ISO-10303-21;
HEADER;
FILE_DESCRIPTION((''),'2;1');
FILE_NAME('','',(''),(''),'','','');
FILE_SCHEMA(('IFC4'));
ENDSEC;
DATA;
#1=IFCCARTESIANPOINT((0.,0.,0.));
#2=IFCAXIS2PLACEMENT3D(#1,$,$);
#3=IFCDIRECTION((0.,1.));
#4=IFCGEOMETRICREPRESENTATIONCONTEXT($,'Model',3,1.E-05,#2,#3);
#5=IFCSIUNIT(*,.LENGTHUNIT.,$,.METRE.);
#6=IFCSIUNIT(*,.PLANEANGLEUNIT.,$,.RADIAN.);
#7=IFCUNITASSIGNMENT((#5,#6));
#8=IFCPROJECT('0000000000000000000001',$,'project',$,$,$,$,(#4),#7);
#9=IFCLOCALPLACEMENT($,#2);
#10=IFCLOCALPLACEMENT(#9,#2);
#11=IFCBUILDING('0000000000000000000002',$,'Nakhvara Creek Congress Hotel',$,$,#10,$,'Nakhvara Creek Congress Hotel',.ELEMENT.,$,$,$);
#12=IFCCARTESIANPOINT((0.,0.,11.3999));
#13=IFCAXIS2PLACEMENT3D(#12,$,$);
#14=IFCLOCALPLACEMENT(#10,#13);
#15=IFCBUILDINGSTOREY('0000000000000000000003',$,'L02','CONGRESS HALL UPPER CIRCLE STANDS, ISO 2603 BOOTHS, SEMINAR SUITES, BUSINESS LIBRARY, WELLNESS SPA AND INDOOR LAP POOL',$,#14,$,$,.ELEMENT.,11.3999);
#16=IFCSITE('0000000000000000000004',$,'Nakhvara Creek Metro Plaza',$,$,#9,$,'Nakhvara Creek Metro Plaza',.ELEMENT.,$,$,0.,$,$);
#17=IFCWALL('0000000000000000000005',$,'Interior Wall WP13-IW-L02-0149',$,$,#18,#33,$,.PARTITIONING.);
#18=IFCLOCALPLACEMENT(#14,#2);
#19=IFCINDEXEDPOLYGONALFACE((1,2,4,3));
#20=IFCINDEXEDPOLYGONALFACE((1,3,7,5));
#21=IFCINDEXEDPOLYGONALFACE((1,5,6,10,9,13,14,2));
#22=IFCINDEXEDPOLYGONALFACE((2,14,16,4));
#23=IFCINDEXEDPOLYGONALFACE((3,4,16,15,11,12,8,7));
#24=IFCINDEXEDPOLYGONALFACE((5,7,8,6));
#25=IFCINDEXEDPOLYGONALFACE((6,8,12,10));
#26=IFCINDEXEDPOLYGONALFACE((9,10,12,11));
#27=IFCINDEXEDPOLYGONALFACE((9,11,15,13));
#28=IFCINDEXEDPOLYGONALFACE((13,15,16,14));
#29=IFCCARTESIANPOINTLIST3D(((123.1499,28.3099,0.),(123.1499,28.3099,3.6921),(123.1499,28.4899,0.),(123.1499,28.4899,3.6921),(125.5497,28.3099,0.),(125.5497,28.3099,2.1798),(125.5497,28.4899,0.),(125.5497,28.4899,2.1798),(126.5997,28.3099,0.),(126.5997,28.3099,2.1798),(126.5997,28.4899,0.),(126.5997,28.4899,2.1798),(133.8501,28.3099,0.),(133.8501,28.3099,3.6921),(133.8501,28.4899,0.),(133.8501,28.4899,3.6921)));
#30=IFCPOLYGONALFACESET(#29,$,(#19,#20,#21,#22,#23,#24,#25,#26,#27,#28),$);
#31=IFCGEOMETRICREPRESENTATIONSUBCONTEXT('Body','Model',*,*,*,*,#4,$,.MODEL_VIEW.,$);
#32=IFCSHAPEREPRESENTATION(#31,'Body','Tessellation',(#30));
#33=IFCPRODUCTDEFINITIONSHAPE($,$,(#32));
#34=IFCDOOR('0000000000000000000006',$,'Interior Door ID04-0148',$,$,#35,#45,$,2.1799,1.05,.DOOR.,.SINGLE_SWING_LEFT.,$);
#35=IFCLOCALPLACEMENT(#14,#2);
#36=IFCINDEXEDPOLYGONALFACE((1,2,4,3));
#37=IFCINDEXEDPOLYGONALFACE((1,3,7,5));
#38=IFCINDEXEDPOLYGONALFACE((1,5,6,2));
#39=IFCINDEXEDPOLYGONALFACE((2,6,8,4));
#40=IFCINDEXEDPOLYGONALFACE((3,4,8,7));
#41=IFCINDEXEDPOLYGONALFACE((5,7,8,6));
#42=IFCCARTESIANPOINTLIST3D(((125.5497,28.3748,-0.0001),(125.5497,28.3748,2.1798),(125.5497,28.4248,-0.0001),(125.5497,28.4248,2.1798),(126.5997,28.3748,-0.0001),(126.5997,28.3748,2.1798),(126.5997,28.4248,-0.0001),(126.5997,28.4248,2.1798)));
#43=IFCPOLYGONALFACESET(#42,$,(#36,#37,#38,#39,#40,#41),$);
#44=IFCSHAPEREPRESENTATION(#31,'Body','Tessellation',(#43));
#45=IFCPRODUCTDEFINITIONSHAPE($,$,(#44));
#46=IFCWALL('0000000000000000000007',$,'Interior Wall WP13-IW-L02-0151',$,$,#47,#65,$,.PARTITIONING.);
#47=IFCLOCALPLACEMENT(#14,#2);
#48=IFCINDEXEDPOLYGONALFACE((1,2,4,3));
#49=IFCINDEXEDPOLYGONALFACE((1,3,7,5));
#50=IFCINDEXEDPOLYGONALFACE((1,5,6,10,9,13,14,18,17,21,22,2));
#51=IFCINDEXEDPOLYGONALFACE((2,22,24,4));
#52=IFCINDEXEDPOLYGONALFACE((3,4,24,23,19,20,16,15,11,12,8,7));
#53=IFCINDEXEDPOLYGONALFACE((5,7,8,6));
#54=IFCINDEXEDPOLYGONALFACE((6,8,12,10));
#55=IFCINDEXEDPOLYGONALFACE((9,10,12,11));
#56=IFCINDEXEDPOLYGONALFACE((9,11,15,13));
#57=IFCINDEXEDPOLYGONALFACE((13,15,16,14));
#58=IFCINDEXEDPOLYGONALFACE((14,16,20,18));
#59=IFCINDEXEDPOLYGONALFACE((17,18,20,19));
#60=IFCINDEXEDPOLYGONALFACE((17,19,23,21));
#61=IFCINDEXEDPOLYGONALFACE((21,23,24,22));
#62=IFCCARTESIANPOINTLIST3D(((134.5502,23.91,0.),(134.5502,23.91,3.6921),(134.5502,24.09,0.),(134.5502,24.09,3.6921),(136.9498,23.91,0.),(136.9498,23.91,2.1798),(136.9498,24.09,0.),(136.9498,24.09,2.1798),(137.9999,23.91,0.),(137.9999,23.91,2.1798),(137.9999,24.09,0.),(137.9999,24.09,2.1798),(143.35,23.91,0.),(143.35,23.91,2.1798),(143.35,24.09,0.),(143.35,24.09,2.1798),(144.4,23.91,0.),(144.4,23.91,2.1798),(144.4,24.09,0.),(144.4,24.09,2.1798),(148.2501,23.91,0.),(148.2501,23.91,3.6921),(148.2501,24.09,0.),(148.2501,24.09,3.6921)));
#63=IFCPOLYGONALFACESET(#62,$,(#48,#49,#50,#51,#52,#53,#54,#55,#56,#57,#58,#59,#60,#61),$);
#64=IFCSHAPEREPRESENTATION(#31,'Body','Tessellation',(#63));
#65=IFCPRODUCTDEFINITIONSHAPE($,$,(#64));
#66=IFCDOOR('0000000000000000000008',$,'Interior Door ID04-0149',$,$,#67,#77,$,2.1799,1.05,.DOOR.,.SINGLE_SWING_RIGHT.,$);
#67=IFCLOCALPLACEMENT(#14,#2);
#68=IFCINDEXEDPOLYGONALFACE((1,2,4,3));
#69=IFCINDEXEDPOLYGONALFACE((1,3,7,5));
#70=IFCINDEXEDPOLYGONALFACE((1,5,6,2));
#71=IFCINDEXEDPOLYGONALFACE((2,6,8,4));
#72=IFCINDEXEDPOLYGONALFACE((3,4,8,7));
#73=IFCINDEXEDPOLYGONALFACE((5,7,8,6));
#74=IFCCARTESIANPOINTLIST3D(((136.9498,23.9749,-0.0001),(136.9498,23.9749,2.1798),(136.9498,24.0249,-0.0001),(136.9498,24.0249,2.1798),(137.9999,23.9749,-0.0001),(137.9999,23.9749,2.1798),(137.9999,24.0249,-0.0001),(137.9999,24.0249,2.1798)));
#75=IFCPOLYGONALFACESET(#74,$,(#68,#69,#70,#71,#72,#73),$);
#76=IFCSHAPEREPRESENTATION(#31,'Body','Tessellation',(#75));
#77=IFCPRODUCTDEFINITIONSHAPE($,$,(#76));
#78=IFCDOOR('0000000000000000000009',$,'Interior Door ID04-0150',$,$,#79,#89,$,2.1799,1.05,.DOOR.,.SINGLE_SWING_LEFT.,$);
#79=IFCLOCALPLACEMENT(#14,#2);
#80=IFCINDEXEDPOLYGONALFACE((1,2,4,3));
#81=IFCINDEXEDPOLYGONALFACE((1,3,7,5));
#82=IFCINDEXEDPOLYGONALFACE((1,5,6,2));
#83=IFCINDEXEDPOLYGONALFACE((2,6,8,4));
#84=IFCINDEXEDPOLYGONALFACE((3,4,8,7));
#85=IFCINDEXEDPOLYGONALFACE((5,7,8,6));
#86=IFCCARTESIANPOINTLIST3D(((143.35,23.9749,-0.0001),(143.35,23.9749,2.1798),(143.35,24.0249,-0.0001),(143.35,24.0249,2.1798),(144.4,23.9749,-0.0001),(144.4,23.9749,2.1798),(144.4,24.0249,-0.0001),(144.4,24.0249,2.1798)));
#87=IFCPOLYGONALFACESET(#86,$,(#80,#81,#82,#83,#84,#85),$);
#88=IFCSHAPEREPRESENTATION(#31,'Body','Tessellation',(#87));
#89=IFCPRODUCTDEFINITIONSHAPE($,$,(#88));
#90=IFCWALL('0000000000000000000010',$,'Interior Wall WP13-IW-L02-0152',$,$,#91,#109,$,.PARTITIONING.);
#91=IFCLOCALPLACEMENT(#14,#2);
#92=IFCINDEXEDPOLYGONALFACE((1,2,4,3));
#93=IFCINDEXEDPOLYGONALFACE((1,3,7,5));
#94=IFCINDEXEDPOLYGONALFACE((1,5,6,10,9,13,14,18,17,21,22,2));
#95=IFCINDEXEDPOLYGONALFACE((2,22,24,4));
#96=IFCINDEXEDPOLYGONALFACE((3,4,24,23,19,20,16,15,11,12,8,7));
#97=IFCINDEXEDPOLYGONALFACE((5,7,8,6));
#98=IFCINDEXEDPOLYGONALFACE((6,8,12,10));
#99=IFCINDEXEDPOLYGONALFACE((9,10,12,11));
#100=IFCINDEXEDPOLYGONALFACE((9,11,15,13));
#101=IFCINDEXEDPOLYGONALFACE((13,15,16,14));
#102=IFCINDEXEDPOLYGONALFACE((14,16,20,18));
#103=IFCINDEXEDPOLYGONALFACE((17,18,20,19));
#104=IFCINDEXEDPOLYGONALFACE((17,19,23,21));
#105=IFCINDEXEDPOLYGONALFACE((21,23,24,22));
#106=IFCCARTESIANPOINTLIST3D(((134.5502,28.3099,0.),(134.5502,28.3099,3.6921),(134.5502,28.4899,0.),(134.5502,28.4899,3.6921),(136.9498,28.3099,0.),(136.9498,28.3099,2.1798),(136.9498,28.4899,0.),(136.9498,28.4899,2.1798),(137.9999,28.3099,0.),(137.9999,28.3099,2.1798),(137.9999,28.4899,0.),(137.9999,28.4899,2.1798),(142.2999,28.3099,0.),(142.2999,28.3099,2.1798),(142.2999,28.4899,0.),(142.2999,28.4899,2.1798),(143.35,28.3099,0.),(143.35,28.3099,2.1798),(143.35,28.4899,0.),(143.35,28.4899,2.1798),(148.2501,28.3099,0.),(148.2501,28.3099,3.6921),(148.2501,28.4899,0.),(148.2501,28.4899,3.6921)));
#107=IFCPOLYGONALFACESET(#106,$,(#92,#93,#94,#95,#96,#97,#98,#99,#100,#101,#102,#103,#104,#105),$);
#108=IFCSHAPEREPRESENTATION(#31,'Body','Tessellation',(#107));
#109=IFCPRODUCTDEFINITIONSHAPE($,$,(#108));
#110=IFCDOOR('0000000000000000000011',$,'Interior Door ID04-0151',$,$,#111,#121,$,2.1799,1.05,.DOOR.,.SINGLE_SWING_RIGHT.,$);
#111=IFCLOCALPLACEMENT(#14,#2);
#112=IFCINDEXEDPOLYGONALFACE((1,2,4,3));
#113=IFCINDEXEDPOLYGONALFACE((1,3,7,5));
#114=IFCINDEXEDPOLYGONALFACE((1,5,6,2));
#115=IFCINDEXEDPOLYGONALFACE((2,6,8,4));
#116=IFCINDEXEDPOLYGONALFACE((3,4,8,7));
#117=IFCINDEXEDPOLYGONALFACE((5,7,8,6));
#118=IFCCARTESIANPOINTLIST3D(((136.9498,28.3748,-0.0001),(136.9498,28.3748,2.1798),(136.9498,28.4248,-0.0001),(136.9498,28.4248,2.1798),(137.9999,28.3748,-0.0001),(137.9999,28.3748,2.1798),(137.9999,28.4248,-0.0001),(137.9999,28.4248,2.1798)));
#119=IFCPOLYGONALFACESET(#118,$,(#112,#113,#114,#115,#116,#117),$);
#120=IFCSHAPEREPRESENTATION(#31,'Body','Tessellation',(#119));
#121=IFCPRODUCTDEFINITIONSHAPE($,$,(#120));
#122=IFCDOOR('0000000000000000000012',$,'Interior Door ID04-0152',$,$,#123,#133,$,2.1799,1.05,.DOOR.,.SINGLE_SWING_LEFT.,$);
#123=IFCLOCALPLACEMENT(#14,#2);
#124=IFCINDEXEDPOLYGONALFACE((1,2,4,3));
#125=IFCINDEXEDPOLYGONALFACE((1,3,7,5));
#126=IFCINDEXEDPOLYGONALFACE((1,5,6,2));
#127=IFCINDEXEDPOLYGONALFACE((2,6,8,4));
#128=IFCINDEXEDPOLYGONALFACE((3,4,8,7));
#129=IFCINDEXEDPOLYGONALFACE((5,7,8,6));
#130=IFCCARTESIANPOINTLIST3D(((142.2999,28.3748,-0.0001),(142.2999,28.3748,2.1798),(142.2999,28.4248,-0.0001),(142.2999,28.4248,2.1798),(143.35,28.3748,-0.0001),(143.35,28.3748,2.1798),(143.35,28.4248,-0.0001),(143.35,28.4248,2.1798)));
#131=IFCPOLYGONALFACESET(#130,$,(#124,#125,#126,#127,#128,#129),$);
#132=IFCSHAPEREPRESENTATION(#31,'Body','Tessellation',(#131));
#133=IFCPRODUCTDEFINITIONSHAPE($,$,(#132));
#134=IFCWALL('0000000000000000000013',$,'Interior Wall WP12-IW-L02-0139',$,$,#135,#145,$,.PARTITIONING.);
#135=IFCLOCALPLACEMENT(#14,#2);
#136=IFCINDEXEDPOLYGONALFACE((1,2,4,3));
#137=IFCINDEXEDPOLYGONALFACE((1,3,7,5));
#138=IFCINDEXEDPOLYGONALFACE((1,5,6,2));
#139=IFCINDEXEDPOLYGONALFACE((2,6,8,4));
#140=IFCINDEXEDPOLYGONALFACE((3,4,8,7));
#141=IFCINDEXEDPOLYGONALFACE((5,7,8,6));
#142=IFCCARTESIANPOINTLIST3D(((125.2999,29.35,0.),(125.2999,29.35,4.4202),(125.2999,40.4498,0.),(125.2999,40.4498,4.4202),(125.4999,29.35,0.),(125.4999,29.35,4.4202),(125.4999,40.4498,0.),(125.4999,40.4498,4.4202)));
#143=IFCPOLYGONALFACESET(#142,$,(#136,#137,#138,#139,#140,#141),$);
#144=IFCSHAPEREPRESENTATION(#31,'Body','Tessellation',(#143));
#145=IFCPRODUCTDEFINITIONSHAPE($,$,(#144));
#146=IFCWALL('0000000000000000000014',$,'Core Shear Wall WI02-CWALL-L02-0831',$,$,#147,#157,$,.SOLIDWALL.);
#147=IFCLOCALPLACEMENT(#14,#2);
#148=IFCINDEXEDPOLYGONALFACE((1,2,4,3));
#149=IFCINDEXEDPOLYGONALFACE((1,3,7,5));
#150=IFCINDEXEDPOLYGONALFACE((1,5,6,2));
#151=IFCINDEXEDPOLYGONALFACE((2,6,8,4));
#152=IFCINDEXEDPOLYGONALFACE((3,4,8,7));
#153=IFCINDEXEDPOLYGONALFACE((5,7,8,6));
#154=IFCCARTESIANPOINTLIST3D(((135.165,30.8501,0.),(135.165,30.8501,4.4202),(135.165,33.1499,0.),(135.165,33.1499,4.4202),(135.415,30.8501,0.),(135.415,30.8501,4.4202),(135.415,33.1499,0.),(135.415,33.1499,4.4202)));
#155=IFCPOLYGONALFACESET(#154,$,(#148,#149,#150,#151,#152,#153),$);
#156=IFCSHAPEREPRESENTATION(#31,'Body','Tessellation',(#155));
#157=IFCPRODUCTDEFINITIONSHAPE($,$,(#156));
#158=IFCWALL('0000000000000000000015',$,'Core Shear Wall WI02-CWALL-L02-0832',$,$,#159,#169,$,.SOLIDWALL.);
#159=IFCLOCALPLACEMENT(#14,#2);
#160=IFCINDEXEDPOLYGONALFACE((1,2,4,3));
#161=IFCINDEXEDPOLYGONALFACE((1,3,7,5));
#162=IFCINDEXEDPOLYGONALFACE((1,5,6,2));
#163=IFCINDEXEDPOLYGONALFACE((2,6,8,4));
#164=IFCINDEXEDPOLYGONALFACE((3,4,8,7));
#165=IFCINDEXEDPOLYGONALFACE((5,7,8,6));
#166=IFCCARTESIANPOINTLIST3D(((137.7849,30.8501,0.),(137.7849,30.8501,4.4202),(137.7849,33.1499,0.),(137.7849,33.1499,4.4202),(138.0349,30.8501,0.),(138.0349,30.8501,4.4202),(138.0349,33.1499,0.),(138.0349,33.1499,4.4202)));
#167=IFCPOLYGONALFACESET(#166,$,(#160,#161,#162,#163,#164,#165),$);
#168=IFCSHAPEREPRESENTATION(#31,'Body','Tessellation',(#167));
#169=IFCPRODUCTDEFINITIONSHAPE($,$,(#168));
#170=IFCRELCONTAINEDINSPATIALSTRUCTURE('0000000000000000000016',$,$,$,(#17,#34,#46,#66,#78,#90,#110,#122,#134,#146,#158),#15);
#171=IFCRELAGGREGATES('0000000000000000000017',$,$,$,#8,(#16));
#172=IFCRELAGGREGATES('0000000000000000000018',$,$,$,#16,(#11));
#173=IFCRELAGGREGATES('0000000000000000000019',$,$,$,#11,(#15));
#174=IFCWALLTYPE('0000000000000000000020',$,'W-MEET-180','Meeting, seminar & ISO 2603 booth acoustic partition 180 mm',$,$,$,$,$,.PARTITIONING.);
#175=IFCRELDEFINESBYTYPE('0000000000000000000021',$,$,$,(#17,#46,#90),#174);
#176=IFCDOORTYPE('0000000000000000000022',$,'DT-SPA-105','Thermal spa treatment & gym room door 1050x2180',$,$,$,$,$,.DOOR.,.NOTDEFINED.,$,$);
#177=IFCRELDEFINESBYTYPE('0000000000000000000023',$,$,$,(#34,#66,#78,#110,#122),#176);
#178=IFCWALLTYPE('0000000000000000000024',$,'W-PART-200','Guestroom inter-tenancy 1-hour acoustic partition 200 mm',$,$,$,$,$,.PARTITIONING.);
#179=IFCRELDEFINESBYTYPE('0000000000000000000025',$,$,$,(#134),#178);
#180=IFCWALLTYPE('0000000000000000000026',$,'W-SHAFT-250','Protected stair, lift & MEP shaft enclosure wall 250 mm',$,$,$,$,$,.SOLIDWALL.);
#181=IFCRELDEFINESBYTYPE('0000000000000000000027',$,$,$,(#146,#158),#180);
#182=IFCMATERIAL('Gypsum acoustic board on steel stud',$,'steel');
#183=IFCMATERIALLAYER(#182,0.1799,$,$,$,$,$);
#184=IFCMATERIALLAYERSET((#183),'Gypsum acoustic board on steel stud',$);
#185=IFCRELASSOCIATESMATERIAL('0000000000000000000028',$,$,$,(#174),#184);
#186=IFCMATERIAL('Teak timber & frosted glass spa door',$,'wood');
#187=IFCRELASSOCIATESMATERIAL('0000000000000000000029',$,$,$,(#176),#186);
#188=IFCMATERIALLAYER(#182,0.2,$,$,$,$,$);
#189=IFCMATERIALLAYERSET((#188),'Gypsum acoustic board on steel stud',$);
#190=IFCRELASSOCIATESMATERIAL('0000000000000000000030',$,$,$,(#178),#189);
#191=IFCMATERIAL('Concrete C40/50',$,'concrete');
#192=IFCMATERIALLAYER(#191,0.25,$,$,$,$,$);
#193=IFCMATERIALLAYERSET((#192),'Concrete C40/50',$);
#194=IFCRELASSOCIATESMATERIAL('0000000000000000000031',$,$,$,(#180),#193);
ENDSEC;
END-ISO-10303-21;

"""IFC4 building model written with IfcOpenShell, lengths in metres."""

from ifc_helpers import new_model, si_unit, direction, frame, frame_2d, origin, place, context, subcontext, project, spatial, rectangle, extrude, material, layer, layer_set, type_object, element, fill, save


model = new_model("IFC4")

# Units and contexts
model_context = context("Model", 3, precision=1e-05, world=origin(), true_north=direction((0.0, 1.0)))
body_context = subcontext(model_context, "Body", "Model", "MODEL_VIEW")
ifc_project = project(units=[si_unit("LENGTHUNIT", "METRE"), si_unit("PLANEANGLEUNIT", "RADIAN")], contexts=[model_context])

# Site, building, storey
site_placement = place(None, origin())
site = spatial("IfcSite", under=ifc_project, at=site_placement, Name="Nakhvara Creek Metro Plaza", LongName="Nakhvara Creek Metro Plaza", CompositionType="ELEMENT", RefElevation=0.0)
building_placement = place(site_placement, origin())
building = spatial("IfcBuilding", under=site, at=building_placement, Name="Nakhvara Creek Congress Hotel", LongName="Nakhvara Creek Congress Hotel", CompositionType="ELEMENT")
storey_placement = place(building_placement, frame((0.0, 0.0, 11.3999)))
storey = spatial("IfcBuildingStorey", under=building, at=storey_placement, Name="L02", Description="CONGRESS HALL UPPER CIRCLE STANDS, ISO 2603 BOOTHS, SEMINAR SUITES, BUSINESS LIBRARY, WELLNESS SPA AND INDOOR LAP POOL", CompositionType="ELEMENT", Elevation=11.3999)

# Shared definitions
ifc_material_1 = material(Name="Concrete C40/50", Category="concrete")

# Wall, opening, door
ifc_material_2 = material(Name="Gypsum acoustic board on steel stud", Category="steel")
ifc_layer_1 = layer(ifc_material_2, 0.1799)
ifc_layer_set_1 = layer_set([ifc_layer_1], Name="Gypsum acoustic board on steel stud")
wall_type_1 = type_object("IfcWallType", Name="W-MEET-180", Description="Meeting, seminar & ISO 2603 booth acoustic partition 180 mm", PredefinedType="PARTITIONING", material=ifc_layer_set_1)
wall_1_placement = place(storey_placement, frame((123.1499, 28.3999, 0.0), z_axis=(0.0, 0.0, 1.0), x_axis=(1.0, 0.0, 0.0)))
wall_1 = element("IfcWall", 1, at=wall_1_placement, inside=storey, type_object=wall_type_1, Name="Interior Wall WP13-IW-L02-0149", PredefinedType="PARTITIONING", context=body_context, shape_type="SweptSolid", body=[
    extrude(rectangle(XDim=10.7002, YDim=0.1799, at=frame_2d((5.3501, 0.0))), origin(), (0.0, 0.0, 1.0), 3.6921),
])
opening_1_placement = place(wall_1_placement, frame((2.3999, 0.0, 0.0)))
opening_1 = element("IfcOpeningElement", 2, at=opening_1_placement, cuts=wall_1, PredefinedType="OPENING", context=body_context, shape_type="SweptSolid", body=[
    extrude(rectangle(XDim=1.05, YDim=2.1799, at=frame_2d((0.5249, 1.0898))), frame((0.0, 0.1021, 0.0), z_axis=(0.0, -1.0, 0.0), x_axis=(1.0, 0.0, 0.0)), (0.0, 0.0, 1.0), 0.2039),
])
ifc_material_3 = material(Name="Teak timber & frosted glass spa door", Category="wood")
door_type_1 = type_object("IfcDoorType", Name="DT-SPA-105", Description="Thermal spa treatment & gym room door 1050x2180", OperationType="NOTDEFINED", PredefinedType="DOOR", material=ifc_material_3)
door_1_placement = place(opening_1_placement, origin())
door_1 = element("IfcDoor", 3, at=door_1_placement, inside=storey, type_object=door_type_1, Name="Interior Door ID04-0148", OperationType="SINGLE_SWING_LEFT", OverallHeight=2.1799, OverallWidth=1.05, PredefinedType="DOOR", context=body_context, shape_type="SweptSolid", body=[
    extrude(rectangle(XDim=1.05, YDim=2.1799, at=frame_2d((0.5249, 1.0898))), frame((0.0, 0.0249, 0.0), z_axis=(0.0, -1.0, 0.0), x_axis=(1.0, 0.0, 0.0)), (0.0, 0.0, 1.0), 0.05),
])
fill(opening_1, door_1)

# Walls, openings, doors
wall_2_placement = place(storey_placement, frame((134.55, 24.0, 0.0), z_axis=(0.0, 0.0, 1.0), x_axis=(1.0, 0.0, 0.0)))
wall_2 = element("IfcWall", 4, at=wall_2_placement, inside=storey, type_object=wall_type_1, Name="Interior Wall WP13-IW-L02-0151", PredefinedType="PARTITIONING", context=body_context, shape_type="SweptSolid", body=[
    extrude(rectangle(XDim=13.7, YDim=0.1799, at=frame_2d((6.8501, 0.0))), origin(), (0.0, 0.0, 1.0), 3.6921),
])
opening_2_placement = place(wall_2_placement, frame((2.3999, 0.0, 0.0)))
opening_2 = element("IfcOpeningElement", 5, at=opening_2_placement, cuts=wall_2, PredefinedType="OPENING", context=body_context, shape_type="SweptSolid", body=[
    extrude(rectangle(XDim=1.05, YDim=2.1799, at=frame_2d((0.5249, 1.0898))), frame((0.0, 0.1021, 0.0), z_axis=(0.0, -1.0, 0.0), x_axis=(1.0, 0.0, 0.0)), (0.0, 0.0, 1.0), 0.2039),
])
opening_3_placement = place(wall_2_placement, frame((8.8, 0.0, 0.0)))
opening_3 = element("IfcOpeningElement", 6, at=opening_3_placement, cuts=wall_2, PredefinedType="OPENING", context=body_context, shape_type="SweptSolid", body=[
    extrude(rectangle(XDim=1.05, YDim=2.1799, at=frame_2d((0.5249, 1.0898))), frame((0.0, 0.1021, 0.0), z_axis=(0.0, -1.0, 0.0), x_axis=(1.0, 0.0, 0.0)), (0.0, 0.0, 1.0), 0.2039),
])
door_2_placement = place(opening_2_placement, origin())
door_2 = element("IfcDoor", 7, at=door_2_placement, inside=storey, type_object=door_type_1, Name="Interior Door ID04-0149", OperationType="SINGLE_SWING_RIGHT", OverallHeight=2.1799, OverallWidth=1.05, PredefinedType="DOOR", context=body_context, shape_type="SweptSolid", body=[
    extrude(rectangle(XDim=1.05, YDim=2.1799, at=frame_2d((0.5249, 1.0898))), frame((0.0, 0.0249, 0.0), z_axis=(0.0, -1.0, 0.0), x_axis=(1.0, 0.0, 0.0)), (0.0, 0.0, 1.0), 0.05),
])
fill(opening_2, door_2)
door_3_placement = place(opening_3_placement, origin())
door_3 = element("IfcDoor", 8, at=door_3_placement, inside=storey, type_object=door_type_1, Name="Interior Door ID04-0150", OperationType="SINGLE_SWING_LEFT", OverallHeight=2.1799, OverallWidth=1.05, PredefinedType="DOOR", context=body_context, shape_type="SweptSolid", body=[
    extrude(rectangle(XDim=1.05, YDim=2.1799, at=frame_2d((0.5249, 1.0898))), frame((0.0, 0.0249, 0.0), z_axis=(0.0, -1.0, 0.0), x_axis=(1.0, 0.0, 0.0)), (0.0, 0.0, 1.0), 0.05),
])
fill(opening_3, door_3)
wall_3_placement = place(storey_placement, frame((134.55, 28.3999, 0.0), z_axis=(0.0, 0.0, 1.0), x_axis=(1.0, 0.0, 0.0)))
wall_3 = element("IfcWall", 9, at=wall_3_placement, inside=storey, type_object=wall_type_1, Name="Interior Wall WP13-IW-L02-0152", PredefinedType="PARTITIONING", context=body_context, shape_type="SweptSolid", body=[
    extrude(rectangle(XDim=13.7, YDim=0.1799, at=frame_2d((6.8501, 0.0))), origin(), (0.0, 0.0, 1.0), 3.6921),
])
opening_4_placement = place(wall_3_placement, frame((2.3999, 0.0, 0.0)))
opening_4 = element("IfcOpeningElement", 10, at=opening_4_placement, cuts=wall_3, PredefinedType="OPENING", context=body_context, shape_type="SweptSolid", body=[
    extrude(rectangle(XDim=1.05, YDim=2.1799, at=frame_2d((0.5249, 1.0898))), frame((0.0, 0.1021, 0.0), z_axis=(0.0, -1.0, 0.0), x_axis=(1.0, 0.0, 0.0)), (0.0, 0.0, 1.0), 0.2039),
])
opening_5_placement = place(wall_3_placement, frame((7.75, 0.0, 0.0)))
opening_5 = element("IfcOpeningElement", 11, at=opening_5_placement, cuts=wall_3, PredefinedType="OPENING", context=body_context, shape_type="SweptSolid", body=[
    extrude(rectangle(XDim=1.05, YDim=2.1799, at=frame_2d((0.5249, 1.0898))), frame((0.0, 0.1021, 0.0), z_axis=(0.0, -1.0, 0.0), x_axis=(1.0, 0.0, 0.0)), (0.0, 0.0, 1.0), 0.2039),
])
door_4_placement = place(opening_4_placement, origin())
door_4 = element("IfcDoor", 12, at=door_4_placement, inside=storey, type_object=door_type_1, Name="Interior Door ID04-0151", OperationType="SINGLE_SWING_RIGHT", OverallHeight=2.1799, OverallWidth=1.05, PredefinedType="DOOR", context=body_context, shape_type="SweptSolid", body=[
    extrude(rectangle(XDim=1.05, YDim=2.1799, at=frame_2d((0.5249, 1.0898))), frame((0.0, 0.0249, 0.0), z_axis=(0.0, -1.0, 0.0), x_axis=(1.0, 0.0, 0.0)), (0.0, 0.0, 1.0), 0.05),
])
fill(opening_4, door_4)
door_5_placement = place(opening_5_placement, origin())
door_5 = element("IfcDoor", 13, at=door_5_placement, inside=storey, type_object=door_type_1, Name="Interior Door ID04-0152", OperationType="SINGLE_SWING_LEFT", OverallHeight=2.1799, OverallWidth=1.05, PredefinedType="DOOR", context=body_context, shape_type="SweptSolid", body=[
    extrude(rectangle(XDim=1.05, YDim=2.1799, at=frame_2d((0.5249, 1.0898))), frame((0.0, 0.0249, 0.0), z_axis=(0.0, -1.0, 0.0), x_axis=(1.0, 0.0, 0.0)), (0.0, 0.0, 1.0), 0.05),
])
fill(opening_5, door_5)

# Walls
ifc_layer_2 = layer(ifc_material_2, 0.2)
ifc_layer_set_2 = layer_set([ifc_layer_2], Name="Gypsum acoustic board on steel stud")
wall_type_2 = type_object("IfcWallType", Name="W-PART-200", Description="Guestroom inter-tenancy 1-hour acoustic partition 200 mm", PredefinedType="PARTITIONING", material=ifc_layer_set_2)
wall_4_placement = place(storey_placement, frame((125.3999, 29.3501, 0.0), z_axis=(0.0, 0.0, 1.0), x_axis=(0.0, 1.0, 0.0)))
element("IfcWall", 14, at=wall_4_placement, inside=storey, type_object=wall_type_2, Name="Interior Wall WP12-IW-L02-0139", PredefinedType="PARTITIONING", context=body_context, shape_type="SweptSolid", body=[
    extrude(rectangle(XDim=11.0999, YDim=0.2, at=frame_2d((5.5498, 0.0))), origin(), (0.0, 0.0, 1.0), 4.4202),
])
ifc_layer_3 = layer(ifc_material_1, 0.25)
ifc_layer_set_3 = layer_set([ifc_layer_3], Name="Concrete C40/50")
wall_type_3 = type_object("IfcWallType", Name="W-SHAFT-250", Description="Protected stair, lift & MEP shaft enclosure wall 250 mm", PredefinedType="SOLIDWALL", material=ifc_layer_set_3)
for number, where, z_axis, x_axis, name in (
    (15, (135.29, 30.8501, 0.0), (0.0, 0.0, 1.0), (0.0, 1.0, 0.0), "Core Shear Wall WI02-CWALL-L02-0831"),
    (16, (137.9099, 30.8501, 0.0), (0.0, 0.0, 1.0), (0.0, 1.0, 0.0), "Core Shear Wall WI02-CWALL-L02-0832"),
):
    element("IfcWall", number, at=place(storey_placement, frame(where, z_axis=z_axis, x_axis=x_axis)), inside=storey, type_object=wall_type_3, Name=name, PredefinedType="SOLIDWALL", context=body_context, shape_type="SweptSolid", body=[
        extrude(rectangle(XDim=2.2998, YDim=0.25, at=frame_2d((1.1499, 0.0))), origin(), (0.0, 0.0, 1.0), 4.4202),
    ])

save(model, "model.ifc")
